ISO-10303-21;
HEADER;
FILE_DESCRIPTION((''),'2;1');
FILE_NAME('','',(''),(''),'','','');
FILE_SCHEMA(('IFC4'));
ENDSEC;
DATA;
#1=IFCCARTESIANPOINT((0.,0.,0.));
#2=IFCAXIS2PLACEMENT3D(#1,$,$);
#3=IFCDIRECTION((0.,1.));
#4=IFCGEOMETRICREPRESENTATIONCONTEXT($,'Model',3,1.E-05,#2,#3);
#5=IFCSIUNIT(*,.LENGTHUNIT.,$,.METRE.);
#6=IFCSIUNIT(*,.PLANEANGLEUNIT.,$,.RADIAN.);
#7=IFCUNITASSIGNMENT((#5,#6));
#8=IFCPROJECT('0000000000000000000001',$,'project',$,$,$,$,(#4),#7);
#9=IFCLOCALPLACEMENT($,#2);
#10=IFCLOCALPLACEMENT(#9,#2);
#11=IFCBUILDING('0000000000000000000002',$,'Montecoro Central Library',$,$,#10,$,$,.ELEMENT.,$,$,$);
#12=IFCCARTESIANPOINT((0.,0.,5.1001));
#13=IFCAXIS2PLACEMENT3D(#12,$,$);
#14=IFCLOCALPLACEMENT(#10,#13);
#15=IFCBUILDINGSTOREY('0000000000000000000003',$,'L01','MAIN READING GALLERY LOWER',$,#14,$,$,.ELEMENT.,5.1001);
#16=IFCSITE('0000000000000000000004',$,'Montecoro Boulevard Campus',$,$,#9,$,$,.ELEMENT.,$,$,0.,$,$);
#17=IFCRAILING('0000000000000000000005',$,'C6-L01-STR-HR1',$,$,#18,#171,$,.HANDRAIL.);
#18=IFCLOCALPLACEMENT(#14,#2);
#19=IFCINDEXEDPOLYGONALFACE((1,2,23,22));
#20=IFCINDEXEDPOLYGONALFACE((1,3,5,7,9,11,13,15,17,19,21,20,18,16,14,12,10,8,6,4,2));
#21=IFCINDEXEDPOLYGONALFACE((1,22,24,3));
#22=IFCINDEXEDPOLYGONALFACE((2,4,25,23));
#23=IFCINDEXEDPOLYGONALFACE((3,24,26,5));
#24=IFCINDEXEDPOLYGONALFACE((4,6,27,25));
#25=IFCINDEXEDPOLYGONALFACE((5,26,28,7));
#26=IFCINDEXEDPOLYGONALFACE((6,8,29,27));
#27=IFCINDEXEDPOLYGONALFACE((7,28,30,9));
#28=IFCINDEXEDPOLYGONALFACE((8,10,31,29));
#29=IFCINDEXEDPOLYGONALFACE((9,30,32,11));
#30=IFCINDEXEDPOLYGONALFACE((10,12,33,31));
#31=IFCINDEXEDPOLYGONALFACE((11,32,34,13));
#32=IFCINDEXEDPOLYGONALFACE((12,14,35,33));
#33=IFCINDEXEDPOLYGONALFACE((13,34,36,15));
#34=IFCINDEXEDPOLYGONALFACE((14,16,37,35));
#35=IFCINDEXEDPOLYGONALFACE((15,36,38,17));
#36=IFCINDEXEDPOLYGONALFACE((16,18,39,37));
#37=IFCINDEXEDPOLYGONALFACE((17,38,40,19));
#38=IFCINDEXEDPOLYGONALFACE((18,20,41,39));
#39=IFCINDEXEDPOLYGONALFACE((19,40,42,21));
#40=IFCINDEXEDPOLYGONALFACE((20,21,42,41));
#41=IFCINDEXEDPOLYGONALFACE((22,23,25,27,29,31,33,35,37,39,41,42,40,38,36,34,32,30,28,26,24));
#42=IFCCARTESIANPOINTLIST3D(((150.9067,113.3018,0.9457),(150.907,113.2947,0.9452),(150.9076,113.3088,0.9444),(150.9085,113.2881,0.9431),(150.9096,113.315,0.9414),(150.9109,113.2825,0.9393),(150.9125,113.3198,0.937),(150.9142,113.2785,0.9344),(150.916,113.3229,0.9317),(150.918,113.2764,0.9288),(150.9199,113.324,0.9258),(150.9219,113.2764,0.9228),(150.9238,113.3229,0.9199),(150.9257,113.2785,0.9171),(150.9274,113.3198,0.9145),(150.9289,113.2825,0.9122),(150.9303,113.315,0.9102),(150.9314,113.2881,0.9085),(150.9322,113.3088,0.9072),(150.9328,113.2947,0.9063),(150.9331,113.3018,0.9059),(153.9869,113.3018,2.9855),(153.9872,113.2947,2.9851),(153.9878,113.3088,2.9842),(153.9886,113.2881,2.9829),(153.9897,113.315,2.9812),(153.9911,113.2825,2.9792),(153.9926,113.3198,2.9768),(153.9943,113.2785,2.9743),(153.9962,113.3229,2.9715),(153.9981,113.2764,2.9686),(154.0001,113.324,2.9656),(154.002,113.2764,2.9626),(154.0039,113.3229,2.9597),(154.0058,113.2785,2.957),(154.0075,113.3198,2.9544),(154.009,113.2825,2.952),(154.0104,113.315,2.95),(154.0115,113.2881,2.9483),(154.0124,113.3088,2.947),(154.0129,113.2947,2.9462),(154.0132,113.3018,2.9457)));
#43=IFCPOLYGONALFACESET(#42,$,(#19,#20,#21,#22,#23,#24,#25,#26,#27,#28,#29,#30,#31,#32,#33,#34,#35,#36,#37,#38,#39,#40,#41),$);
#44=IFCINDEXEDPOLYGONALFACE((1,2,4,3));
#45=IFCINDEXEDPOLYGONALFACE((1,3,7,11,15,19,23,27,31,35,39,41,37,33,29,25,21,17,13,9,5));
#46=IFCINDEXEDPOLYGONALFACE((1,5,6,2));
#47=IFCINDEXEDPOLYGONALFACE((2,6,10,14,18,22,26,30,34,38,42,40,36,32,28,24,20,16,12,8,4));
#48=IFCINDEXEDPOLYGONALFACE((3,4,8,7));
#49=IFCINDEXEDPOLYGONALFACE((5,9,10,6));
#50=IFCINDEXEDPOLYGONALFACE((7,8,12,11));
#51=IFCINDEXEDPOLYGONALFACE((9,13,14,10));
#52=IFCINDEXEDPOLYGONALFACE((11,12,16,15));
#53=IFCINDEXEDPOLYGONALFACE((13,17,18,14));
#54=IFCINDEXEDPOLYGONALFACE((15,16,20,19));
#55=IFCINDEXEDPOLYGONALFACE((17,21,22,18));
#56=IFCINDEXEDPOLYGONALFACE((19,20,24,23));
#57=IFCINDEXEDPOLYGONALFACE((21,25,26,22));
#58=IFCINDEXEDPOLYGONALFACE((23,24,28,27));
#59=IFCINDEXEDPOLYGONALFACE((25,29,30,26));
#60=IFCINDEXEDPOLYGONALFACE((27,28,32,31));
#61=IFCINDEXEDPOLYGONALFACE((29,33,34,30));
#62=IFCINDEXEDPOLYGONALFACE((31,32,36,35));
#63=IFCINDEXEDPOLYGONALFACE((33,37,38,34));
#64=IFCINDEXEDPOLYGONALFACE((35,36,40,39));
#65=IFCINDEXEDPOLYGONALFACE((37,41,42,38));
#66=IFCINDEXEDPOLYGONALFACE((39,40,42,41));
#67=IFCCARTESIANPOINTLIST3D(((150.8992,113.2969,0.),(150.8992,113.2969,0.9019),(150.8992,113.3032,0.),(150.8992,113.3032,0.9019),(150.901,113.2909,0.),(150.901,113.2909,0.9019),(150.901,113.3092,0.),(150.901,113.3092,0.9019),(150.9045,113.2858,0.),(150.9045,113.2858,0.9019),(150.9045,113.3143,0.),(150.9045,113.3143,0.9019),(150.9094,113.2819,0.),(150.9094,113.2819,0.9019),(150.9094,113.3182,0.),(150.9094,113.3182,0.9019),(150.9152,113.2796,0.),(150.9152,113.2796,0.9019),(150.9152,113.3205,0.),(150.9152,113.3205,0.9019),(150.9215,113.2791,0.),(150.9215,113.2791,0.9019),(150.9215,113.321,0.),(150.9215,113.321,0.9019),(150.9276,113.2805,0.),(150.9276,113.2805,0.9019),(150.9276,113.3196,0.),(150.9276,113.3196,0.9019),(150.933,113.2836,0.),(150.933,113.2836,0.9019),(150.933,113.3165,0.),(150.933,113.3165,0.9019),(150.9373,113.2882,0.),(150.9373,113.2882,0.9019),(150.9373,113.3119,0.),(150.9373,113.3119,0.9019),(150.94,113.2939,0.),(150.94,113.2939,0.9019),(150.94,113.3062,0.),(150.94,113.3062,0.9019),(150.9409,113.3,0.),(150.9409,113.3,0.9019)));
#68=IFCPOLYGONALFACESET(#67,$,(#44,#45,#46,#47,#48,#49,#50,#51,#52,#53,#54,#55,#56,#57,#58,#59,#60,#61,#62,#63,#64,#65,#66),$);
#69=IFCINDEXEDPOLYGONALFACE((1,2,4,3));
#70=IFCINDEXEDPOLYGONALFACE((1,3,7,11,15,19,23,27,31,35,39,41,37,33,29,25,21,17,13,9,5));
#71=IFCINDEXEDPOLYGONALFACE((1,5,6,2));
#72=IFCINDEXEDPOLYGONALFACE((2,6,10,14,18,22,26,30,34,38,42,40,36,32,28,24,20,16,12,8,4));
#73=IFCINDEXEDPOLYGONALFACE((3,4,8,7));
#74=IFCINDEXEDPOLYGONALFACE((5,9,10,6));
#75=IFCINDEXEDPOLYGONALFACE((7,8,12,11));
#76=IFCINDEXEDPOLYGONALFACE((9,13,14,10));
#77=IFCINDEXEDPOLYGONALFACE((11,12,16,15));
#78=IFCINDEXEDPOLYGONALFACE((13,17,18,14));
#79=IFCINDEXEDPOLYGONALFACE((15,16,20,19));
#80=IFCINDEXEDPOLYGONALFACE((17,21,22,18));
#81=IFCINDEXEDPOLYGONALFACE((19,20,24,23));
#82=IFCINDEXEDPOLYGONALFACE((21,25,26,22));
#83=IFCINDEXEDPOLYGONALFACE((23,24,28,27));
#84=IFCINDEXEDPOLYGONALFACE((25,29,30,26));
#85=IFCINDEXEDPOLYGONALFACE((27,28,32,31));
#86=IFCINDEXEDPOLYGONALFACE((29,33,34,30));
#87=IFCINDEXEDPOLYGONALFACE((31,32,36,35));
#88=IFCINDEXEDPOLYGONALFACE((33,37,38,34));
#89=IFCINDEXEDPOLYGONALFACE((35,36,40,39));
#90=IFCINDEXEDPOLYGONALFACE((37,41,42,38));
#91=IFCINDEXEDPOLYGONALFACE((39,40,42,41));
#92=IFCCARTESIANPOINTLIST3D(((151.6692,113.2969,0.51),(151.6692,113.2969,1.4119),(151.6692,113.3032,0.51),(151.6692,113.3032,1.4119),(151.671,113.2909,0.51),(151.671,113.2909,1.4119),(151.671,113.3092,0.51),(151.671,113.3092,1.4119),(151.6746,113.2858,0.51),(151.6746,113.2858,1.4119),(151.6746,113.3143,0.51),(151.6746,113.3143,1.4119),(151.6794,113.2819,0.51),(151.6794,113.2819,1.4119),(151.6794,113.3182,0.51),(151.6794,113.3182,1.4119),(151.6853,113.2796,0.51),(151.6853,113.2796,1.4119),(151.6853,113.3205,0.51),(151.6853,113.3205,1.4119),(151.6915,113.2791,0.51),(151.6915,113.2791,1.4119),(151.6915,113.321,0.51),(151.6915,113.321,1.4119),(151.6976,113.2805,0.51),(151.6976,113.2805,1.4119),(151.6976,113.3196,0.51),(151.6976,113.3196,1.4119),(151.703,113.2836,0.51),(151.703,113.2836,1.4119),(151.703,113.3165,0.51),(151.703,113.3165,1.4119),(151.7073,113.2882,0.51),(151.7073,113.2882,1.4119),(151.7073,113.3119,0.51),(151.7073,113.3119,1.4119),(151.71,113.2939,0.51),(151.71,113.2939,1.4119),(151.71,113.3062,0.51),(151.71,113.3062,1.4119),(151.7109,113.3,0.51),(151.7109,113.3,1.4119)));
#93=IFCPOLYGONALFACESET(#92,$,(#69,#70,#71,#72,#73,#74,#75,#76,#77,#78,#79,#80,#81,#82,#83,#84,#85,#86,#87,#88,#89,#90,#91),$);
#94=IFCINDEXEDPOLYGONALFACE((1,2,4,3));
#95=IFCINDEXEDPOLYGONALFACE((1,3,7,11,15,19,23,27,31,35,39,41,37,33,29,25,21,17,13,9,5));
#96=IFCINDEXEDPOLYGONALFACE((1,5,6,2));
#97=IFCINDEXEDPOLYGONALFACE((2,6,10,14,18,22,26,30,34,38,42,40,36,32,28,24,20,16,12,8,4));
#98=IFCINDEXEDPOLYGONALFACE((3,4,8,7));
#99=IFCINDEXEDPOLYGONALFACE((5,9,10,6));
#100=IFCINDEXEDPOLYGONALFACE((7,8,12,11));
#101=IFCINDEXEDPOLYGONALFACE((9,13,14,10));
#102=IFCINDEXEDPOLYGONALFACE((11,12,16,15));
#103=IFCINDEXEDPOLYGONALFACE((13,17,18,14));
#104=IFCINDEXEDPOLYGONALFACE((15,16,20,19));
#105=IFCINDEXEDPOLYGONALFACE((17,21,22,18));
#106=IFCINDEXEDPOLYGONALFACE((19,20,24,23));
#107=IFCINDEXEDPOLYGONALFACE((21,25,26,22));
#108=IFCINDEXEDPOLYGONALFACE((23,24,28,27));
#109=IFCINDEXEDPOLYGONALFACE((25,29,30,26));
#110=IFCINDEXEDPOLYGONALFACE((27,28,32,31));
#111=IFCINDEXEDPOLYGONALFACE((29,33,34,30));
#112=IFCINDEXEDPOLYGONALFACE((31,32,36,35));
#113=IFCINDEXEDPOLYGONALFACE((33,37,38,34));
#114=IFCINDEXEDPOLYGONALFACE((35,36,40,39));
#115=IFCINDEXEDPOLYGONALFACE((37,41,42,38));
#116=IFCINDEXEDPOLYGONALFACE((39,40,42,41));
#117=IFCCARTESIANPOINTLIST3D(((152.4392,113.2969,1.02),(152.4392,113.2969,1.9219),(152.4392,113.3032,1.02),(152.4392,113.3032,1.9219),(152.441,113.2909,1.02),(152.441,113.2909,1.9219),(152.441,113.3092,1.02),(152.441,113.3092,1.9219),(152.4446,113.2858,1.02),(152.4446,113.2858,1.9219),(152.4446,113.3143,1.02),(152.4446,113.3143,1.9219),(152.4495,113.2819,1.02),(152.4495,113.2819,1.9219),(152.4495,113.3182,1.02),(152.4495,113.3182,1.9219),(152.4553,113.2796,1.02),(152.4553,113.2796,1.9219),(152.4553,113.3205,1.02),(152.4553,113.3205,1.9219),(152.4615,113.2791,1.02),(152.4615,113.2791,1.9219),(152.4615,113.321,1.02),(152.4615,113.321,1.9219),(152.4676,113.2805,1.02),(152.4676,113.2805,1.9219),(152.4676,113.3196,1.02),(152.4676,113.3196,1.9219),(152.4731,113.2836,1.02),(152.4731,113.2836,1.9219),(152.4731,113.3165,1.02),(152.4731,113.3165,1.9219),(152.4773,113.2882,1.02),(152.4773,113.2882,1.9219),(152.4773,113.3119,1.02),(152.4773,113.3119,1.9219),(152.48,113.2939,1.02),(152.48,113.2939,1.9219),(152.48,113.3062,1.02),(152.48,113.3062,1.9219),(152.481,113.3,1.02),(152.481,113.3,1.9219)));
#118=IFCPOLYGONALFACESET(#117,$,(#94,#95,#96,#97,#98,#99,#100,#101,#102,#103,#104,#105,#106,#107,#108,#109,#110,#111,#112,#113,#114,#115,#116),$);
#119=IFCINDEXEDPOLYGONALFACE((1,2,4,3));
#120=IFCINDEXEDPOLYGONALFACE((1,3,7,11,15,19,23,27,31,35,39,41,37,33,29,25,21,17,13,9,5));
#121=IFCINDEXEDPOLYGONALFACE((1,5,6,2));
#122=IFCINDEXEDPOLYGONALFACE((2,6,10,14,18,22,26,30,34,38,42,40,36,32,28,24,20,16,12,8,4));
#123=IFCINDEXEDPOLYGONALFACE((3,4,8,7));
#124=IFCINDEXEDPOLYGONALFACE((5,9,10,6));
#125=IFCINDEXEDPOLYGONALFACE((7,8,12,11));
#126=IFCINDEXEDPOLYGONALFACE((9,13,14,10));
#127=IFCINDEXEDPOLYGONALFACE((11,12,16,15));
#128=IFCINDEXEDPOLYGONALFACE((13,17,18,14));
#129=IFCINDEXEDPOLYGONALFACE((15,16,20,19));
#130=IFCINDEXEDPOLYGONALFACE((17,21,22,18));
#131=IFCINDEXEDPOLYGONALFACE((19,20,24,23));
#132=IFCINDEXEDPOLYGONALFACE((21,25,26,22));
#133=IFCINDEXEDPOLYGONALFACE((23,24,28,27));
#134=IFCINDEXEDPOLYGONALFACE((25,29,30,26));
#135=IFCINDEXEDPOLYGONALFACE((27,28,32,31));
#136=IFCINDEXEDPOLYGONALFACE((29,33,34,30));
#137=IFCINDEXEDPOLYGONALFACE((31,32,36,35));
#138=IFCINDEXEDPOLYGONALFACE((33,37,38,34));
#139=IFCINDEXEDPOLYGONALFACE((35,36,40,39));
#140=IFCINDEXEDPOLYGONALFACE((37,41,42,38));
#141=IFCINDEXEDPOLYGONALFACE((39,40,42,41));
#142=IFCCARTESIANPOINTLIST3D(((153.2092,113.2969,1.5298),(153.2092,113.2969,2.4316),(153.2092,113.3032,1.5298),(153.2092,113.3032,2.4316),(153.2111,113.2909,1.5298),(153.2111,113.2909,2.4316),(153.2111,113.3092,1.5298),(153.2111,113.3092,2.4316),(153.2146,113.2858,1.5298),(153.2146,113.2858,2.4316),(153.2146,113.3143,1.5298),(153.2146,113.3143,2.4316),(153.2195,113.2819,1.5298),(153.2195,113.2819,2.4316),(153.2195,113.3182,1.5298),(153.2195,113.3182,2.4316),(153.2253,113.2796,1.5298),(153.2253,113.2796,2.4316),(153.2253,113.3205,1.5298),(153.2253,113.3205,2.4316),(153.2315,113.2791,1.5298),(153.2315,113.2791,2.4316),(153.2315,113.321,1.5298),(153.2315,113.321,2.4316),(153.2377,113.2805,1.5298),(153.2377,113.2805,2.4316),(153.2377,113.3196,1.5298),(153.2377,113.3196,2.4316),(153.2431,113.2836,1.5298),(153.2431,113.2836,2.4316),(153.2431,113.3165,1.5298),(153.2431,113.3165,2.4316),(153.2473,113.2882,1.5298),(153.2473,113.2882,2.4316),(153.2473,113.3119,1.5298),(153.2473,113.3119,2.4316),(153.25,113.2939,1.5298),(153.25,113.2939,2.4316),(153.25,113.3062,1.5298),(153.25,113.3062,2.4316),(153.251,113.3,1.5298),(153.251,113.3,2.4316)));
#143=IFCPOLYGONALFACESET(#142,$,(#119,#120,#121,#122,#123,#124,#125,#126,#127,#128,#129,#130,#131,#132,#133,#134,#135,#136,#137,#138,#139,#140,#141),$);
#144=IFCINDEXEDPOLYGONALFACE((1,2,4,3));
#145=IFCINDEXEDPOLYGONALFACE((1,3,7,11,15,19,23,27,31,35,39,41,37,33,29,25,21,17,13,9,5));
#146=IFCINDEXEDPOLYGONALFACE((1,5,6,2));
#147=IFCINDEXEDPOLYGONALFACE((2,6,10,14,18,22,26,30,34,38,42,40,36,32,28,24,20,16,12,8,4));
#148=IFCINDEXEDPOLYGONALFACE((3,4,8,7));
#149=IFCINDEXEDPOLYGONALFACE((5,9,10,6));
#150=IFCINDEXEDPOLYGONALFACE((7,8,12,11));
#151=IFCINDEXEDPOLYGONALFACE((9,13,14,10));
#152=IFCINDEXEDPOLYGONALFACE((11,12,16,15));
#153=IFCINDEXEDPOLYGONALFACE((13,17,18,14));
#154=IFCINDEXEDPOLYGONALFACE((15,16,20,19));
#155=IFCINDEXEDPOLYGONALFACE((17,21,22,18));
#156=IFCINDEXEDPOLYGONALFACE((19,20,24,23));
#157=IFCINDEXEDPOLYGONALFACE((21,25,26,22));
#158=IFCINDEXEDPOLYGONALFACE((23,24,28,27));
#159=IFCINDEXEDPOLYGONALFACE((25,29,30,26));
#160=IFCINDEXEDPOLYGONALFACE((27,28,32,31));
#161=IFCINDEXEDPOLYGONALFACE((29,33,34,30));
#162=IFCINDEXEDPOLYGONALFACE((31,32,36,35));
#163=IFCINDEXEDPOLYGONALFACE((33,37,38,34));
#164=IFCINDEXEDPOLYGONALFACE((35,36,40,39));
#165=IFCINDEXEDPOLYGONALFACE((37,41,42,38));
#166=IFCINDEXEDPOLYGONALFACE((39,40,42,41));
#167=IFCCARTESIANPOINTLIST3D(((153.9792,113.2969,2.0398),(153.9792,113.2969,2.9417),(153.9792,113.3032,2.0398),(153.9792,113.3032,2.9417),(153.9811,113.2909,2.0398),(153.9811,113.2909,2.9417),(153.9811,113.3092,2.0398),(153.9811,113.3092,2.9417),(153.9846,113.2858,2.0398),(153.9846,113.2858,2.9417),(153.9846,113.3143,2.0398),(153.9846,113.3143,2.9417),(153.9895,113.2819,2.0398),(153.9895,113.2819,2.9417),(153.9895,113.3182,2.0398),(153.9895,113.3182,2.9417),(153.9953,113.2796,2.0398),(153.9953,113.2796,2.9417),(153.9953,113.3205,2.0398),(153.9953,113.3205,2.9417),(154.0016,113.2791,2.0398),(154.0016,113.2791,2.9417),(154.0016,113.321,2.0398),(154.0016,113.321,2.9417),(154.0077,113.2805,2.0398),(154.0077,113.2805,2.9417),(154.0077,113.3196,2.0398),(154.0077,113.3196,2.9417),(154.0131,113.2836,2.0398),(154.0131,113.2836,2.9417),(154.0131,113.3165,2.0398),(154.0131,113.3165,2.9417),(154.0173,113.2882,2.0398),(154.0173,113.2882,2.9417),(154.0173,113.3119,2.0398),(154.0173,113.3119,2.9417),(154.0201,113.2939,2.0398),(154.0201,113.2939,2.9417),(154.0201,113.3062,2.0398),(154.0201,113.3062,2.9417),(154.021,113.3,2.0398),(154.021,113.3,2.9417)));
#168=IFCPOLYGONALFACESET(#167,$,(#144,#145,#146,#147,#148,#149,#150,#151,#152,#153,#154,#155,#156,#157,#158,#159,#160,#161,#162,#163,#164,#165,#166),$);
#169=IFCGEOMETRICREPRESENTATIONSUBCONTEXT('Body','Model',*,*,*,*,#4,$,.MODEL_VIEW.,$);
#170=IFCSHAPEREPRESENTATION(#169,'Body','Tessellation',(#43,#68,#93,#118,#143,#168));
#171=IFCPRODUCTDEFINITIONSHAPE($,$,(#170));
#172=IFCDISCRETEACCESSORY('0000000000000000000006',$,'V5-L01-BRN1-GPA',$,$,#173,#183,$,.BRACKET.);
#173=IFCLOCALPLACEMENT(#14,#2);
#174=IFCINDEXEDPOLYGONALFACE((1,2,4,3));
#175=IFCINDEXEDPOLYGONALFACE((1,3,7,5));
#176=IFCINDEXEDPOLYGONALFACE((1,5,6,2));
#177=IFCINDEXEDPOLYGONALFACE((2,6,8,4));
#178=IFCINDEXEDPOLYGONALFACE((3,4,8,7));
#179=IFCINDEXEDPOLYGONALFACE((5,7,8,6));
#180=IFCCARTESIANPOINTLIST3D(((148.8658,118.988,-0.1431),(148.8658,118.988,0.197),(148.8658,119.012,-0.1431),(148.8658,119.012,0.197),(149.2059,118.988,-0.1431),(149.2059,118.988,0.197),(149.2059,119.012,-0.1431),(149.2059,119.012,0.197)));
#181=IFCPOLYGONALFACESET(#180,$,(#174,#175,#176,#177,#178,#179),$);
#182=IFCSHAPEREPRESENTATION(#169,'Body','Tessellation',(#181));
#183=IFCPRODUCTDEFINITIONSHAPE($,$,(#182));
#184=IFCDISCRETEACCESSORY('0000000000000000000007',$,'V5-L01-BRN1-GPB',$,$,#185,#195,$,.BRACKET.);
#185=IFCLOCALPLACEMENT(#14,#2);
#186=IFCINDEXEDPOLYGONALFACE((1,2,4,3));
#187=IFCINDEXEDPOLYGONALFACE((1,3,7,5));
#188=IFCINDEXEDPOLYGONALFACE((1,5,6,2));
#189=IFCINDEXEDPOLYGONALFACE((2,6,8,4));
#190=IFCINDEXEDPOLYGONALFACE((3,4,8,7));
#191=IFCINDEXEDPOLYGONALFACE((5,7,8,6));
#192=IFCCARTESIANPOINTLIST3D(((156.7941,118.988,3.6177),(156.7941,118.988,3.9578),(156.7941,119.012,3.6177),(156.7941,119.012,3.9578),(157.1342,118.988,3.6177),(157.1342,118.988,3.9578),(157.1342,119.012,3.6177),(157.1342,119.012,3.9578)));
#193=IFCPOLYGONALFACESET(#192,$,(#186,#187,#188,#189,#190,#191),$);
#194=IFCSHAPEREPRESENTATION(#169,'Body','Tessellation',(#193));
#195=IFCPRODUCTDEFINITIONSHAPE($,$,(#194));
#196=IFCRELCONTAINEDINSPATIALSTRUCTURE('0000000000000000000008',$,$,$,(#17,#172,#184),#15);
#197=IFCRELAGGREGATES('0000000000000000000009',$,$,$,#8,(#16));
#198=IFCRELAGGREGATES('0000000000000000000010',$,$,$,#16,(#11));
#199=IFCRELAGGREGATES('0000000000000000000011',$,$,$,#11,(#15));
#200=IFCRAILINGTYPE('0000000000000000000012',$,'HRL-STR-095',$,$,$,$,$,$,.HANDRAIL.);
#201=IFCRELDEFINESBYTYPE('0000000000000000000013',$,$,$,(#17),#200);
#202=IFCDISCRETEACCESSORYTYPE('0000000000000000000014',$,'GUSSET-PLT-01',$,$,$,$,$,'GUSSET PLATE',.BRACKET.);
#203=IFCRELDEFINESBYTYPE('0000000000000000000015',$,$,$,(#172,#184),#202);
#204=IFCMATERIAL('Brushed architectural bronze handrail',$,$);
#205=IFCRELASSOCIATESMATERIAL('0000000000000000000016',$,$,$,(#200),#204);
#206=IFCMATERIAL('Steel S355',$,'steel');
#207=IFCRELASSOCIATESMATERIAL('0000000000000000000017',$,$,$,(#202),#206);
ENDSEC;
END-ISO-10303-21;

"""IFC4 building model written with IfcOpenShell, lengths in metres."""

from ifc_helpers import new_model, si_unit, direction, frame, origin, origin_2d, place, context, subcontext, project, spatial, rectangle, circle, extrude, material, type_object, element, save


model = new_model("IFC4")

# Units and contexts
model_context = context("Model", 3, precision=1e-05, world=origin(), true_north=direction((0.0, 1.0)))
body_context = subcontext(model_context, "Body", "Model", "MODEL_VIEW")
ifc_project = project(units=[si_unit("LENGTHUNIT", "METRE"), si_unit("PLANEANGLEUNIT", "RADIAN")], contexts=[model_context])

# Site, building, storey
site_placement = place(None, origin())
site = spatial("IfcSite", under=ifc_project, at=site_placement, Name="Montecoro Boulevard Campus", CompositionType="ELEMENT", RefElevation=0.0)
building_placement = place(site_placement, origin())
building = spatial("IfcBuilding", under=site, at=building_placement, Name="Montecoro Central Library", CompositionType="ELEMENT")
storey_placement = place(building_placement, frame((0.0, 0.0, 5.1001)))
storey = spatial("IfcBuildingStorey", under=building, at=storey_placement, Name="L01", Description="MAIN READING GALLERY LOWER", CompositionType="ELEMENT", Elevation=5.1001)

# Shared definitions
ifc_material_1 = material(Name="Steel S355", Category="steel")

# Railing
ifc_material_2 = material(Name="Brushed architectural bronze handrail")
railing_type_1 = type_object("IfcRailingType", Name="HRL-STR-095", PredefinedType="HANDRAIL", material=ifc_material_2)
railing_1_placement = place(storey_placement, frame((150.9199, 113.3, 0.0)))
element("IfcRailing", 1, at=railing_1_placement, inside=storey, type_object=railing_type_1, Name="C6-L01-STR-HR1", PredefinedType="HANDRAIL", context=body_context, shape_type="SweptSolid", body=[
    extrude(circle(Radius=0.0239, at=origin_2d()), frame((0.0, 0.0, 0.9258), z_axis=(0.833744, 0.0, 0.552151), x_axis=(0.0, 1.0, 0.0)), (0.0, 0.0, 1.0), 3.6943),
    extrude(circle(Radius=0.021, at=origin_2d()), origin(), (0.0, 0.0, 1.0), 0.9019),
    extrude(circle(Radius=0.021, at=origin_2d()), frame((0.77, 0.0, 0.51)), (0.0, 0.0, 1.0), 0.9019),
    extrude(circle(Radius=0.021, at=origin_2d()), frame((1.54, 0.0, 1.02)), (0.0, 0.0, 1.0), 0.9019),
    extrude(circle(Radius=0.021, at=origin_2d()), frame((2.3101, 0.0, 1.5298)), (0.0, 0.0, 1.0), 0.9019),
    extrude(circle(Radius=0.021, at=origin_2d()), frame((3.0801, 0.0, 2.0398)), (0.0, 0.0, 1.0), 0.9019),
])

# Discrete accessories
discrete_accessory_type = type_object("IfcDiscreteAccessoryType", Name="GUSSET-PLT-01", ElementType="GUSSET PLATE", PredefinedType="BRACKET", material=ifc_material_1)
for number, where, z_axis, x_axis, name in (
    (2, (149.0359, 119.0, -0.1431), (0.0, 0.0, 1.0), (1.0, 0.0, 0.0), "V5-L01-BRN1-GPA"),
    (3, (156.9641, 119.0, 3.6177), (0.0, 0.0, 1.0), (1.0, 0.0, 0.0), "V5-L01-BRN1-GPB"),
):
    element("IfcDiscreteAccessory", number, at=place(storey_placement, frame(where, z_axis=z_axis, x_axis=x_axis)), inside=storey, type_object=discrete_accessory_type, Name=name, PredefinedType="BRACKET", context=body_context, shape_type="SweptSolid", body=[
        extrude(rectangle(XDim=0.3401, YDim=0.0239, at=origin_2d()), origin(), (0.0, 0.0, 1.0), 0.3401),
    ])

save(model, "model.ifc")
